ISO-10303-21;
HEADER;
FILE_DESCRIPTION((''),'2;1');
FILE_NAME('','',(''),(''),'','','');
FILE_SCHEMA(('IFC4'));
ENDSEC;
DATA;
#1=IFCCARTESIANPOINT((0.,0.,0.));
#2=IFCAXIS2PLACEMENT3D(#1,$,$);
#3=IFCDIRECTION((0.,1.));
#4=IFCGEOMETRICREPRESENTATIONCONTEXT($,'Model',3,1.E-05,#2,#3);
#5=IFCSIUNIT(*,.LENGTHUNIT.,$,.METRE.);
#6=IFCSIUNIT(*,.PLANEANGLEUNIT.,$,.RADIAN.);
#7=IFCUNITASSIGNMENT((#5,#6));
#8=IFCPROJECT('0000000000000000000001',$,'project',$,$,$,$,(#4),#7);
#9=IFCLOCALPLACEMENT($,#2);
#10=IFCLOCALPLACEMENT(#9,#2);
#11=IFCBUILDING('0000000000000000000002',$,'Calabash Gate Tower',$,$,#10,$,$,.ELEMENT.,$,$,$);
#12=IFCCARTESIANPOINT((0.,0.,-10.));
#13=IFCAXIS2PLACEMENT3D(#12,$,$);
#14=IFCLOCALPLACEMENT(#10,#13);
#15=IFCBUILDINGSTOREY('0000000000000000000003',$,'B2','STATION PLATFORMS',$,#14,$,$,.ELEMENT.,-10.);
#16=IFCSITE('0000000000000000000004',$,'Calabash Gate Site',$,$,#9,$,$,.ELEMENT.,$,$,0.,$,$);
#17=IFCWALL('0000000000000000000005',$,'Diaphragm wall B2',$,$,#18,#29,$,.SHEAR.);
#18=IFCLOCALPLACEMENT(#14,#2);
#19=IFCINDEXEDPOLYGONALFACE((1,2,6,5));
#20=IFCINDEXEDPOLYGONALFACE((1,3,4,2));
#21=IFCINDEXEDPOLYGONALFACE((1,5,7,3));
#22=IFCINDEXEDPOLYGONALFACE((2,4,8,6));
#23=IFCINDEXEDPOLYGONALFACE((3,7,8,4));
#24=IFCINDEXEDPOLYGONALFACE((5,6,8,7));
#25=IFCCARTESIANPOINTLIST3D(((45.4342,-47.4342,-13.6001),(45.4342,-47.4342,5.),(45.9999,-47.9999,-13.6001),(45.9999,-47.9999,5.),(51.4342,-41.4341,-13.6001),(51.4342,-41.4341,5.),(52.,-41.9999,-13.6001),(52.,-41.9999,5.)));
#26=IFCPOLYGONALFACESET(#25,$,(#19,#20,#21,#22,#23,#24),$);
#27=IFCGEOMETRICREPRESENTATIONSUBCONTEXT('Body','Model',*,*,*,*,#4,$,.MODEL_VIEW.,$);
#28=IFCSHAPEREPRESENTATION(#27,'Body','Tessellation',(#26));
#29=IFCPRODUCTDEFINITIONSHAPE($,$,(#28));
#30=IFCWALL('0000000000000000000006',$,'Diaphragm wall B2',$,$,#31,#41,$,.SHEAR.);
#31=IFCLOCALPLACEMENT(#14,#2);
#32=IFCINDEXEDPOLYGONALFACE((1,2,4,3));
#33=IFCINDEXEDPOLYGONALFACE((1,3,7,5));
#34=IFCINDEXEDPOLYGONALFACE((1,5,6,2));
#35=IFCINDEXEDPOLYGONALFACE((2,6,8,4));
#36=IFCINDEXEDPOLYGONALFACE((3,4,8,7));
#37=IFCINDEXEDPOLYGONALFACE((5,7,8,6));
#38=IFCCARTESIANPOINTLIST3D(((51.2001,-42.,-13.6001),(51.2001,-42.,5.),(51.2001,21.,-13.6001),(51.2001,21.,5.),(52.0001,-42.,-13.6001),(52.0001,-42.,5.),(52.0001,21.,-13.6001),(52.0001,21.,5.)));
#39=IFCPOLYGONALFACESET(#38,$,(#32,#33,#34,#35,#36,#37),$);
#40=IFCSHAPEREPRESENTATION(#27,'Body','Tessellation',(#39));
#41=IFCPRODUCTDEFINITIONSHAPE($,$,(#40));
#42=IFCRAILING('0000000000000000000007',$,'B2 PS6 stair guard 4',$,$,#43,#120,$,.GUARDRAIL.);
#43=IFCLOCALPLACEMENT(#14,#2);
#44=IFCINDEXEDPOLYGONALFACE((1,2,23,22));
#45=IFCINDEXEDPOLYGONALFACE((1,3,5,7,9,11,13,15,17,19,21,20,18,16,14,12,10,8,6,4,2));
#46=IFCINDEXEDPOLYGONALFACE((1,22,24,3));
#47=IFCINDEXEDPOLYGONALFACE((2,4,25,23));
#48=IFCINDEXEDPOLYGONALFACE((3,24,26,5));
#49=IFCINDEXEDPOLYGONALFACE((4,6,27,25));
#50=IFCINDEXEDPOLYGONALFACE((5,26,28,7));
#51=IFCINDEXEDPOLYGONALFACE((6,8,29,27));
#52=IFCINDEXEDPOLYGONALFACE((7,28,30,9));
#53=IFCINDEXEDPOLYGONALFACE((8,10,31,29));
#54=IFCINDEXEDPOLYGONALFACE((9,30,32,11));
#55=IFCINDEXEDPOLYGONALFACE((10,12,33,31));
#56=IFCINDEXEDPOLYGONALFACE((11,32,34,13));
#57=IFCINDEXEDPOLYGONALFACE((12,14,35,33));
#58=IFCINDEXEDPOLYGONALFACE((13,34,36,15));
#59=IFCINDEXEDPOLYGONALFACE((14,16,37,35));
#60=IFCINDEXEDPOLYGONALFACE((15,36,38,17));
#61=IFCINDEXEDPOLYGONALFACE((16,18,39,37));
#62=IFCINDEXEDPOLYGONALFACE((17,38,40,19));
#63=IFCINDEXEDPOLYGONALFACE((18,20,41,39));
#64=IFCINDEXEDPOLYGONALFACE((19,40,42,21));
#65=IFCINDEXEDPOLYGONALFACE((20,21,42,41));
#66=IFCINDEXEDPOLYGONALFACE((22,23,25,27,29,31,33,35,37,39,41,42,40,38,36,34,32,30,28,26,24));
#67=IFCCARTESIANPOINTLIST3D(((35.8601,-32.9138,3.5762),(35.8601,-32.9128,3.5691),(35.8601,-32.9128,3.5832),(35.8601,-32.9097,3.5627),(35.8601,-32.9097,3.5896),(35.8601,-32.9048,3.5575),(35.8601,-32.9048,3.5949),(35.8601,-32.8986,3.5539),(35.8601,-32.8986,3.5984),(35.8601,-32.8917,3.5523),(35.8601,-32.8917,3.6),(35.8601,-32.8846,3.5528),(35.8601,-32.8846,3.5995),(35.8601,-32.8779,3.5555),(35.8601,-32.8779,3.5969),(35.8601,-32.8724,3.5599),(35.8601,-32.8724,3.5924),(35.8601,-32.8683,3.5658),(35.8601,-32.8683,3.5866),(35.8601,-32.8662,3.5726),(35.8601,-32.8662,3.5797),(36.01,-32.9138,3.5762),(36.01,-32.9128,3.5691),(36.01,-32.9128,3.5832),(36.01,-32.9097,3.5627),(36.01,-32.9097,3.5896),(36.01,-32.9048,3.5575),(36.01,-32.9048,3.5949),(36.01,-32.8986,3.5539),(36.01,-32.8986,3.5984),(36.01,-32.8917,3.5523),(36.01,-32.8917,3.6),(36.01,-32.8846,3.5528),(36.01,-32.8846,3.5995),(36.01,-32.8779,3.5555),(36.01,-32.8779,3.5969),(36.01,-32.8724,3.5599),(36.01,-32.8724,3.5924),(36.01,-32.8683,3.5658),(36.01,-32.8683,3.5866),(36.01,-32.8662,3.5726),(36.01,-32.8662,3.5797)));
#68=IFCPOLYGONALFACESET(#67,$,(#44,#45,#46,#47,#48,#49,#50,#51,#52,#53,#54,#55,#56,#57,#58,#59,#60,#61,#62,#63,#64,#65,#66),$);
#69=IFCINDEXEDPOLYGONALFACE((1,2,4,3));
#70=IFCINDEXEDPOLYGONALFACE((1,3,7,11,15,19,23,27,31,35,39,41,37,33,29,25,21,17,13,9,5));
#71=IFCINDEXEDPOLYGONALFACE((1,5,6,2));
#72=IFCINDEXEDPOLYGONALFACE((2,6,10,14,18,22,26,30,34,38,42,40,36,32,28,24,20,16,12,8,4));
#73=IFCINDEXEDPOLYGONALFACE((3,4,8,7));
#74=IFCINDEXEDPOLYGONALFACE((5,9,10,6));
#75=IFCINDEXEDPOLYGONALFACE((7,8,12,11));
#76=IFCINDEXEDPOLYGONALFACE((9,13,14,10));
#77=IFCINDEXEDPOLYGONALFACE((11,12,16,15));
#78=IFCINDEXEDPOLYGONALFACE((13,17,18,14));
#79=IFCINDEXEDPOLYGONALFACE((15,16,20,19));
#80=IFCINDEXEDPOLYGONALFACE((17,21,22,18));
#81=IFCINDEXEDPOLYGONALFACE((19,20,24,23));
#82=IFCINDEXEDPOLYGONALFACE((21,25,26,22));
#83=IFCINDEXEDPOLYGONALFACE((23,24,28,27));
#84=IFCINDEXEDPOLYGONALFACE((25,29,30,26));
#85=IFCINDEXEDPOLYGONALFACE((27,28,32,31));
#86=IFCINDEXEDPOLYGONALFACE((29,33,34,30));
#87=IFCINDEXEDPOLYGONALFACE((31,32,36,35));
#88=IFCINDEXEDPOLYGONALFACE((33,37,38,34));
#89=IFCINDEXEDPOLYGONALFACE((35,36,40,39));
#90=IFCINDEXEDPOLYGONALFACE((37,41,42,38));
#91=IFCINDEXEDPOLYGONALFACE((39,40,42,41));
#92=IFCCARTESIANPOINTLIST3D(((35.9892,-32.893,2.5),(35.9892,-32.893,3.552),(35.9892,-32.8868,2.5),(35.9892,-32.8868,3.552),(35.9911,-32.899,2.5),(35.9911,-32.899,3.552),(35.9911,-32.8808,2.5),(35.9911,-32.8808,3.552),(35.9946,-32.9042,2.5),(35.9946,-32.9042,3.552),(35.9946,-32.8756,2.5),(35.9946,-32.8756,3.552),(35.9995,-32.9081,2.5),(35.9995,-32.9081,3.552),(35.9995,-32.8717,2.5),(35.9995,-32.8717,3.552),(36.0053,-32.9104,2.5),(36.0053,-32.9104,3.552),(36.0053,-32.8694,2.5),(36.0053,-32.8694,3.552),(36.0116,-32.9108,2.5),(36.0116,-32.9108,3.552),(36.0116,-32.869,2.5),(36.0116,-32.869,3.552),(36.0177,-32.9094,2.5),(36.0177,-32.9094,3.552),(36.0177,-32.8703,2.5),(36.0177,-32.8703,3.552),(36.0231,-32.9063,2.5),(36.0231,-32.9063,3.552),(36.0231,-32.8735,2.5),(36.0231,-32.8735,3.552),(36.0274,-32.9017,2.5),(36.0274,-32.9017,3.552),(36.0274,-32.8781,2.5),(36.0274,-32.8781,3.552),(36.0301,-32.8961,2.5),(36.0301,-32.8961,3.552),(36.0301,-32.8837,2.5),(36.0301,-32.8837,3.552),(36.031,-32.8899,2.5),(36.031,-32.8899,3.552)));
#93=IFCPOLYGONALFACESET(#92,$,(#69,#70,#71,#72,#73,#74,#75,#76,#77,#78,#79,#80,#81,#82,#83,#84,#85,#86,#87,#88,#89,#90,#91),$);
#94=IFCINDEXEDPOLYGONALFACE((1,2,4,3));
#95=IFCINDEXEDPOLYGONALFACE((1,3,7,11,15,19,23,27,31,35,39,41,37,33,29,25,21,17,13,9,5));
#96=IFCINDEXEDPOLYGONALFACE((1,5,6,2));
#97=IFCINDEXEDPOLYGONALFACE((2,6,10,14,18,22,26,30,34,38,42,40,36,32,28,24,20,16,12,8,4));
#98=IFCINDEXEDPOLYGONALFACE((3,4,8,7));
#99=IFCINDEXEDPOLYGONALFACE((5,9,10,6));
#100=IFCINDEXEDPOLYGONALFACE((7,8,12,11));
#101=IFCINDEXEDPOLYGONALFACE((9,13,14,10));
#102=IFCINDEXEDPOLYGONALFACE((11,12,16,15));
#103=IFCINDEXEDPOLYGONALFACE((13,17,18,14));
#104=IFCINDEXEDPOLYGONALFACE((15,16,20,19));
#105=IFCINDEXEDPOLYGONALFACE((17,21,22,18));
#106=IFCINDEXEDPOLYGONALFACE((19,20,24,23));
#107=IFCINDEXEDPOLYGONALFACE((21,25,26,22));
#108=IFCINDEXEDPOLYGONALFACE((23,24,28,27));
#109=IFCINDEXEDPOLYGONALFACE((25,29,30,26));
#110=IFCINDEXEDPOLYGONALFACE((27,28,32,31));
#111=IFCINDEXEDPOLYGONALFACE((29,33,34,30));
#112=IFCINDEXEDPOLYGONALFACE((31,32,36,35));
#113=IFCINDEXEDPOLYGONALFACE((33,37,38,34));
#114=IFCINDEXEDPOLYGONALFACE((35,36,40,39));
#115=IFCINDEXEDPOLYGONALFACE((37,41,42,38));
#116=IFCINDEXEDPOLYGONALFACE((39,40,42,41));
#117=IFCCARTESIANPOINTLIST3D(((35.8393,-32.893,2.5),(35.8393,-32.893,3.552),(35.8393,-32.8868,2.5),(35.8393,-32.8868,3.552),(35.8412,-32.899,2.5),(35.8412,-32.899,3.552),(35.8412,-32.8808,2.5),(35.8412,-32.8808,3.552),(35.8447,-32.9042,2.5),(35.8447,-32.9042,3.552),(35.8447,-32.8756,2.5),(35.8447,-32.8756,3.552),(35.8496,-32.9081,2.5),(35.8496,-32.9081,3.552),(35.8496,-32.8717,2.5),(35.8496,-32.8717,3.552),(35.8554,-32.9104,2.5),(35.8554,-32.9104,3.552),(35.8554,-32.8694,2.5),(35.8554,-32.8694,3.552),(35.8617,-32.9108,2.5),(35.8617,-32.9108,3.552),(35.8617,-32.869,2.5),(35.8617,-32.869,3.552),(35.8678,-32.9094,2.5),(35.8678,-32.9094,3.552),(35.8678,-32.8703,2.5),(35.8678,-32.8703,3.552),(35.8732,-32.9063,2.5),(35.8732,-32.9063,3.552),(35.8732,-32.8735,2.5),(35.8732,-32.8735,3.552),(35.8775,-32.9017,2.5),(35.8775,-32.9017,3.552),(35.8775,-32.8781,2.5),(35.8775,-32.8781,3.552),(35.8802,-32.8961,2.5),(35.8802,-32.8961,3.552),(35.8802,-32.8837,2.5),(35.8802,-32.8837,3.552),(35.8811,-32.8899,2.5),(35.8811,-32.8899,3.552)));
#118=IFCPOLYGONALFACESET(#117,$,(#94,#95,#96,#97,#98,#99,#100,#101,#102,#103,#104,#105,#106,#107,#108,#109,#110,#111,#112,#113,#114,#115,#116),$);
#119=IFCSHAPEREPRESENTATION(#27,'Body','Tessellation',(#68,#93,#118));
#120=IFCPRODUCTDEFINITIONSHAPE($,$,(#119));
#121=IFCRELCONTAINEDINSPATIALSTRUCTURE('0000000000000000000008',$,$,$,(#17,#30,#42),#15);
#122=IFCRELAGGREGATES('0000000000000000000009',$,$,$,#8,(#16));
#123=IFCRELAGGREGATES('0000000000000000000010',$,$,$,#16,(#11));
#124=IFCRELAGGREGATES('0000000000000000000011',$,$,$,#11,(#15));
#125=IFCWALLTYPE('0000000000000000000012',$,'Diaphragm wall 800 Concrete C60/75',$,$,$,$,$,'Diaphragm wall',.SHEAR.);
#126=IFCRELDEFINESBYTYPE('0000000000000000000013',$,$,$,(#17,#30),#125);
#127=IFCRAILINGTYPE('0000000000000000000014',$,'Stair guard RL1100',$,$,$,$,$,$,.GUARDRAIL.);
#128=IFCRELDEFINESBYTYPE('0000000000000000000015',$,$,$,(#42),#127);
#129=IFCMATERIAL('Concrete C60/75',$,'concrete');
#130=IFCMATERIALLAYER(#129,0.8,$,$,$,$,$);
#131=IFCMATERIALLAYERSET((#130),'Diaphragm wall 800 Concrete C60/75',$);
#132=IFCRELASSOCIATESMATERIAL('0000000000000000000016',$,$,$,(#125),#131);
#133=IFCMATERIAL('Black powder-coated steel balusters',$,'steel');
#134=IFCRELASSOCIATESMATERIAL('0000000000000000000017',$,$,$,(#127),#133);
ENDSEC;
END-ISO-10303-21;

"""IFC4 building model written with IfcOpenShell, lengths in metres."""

from ifc_helpers import new_model, si_unit, direction, frame, frame_2d, origin, origin_2d, place, context, subcontext, project, spatial, rectangle, circle, extrude, material, layer, layer_set, type_object, element, save


model = new_model("IFC4")

# Units and contexts
model_context = context("Model", 3, precision=1e-05, world=origin(), true_north=direction((0.0, 1.0)))
body_context = subcontext(model_context, "Body", "Model", "MODEL_VIEW")
ifc_project = project(units=[si_unit("LENGTHUNIT", "METRE"), si_unit("PLANEANGLEUNIT", "RADIAN")], contexts=[model_context])

# Site, building, storey
site_placement = place(None, origin())
site = spatial("IfcSite", under=ifc_project, at=site_placement, Name="Calabash Gate Site", CompositionType="ELEMENT", RefElevation=0.0)
building_placement = place(site_placement, origin())
building = spatial("IfcBuilding", under=site, at=building_placement, Name="Calabash Gate Tower", CompositionType="ELEMENT")
storey_placement = place(building_placement, frame((0.0, 0.0, -10.0)))
storey = spatial("IfcBuildingStorey", under=building, at=storey_placement, Name="B2", Description="STATION PLATFORMS", CompositionType="ELEMENT", Elevation=-10.0)

# Walls
ifc_material_1 = material(Name="Concrete C60/75", Category="concrete")
ifc_layer_1 = layer(ifc_material_1, 0.8)
ifc_layer_set_1 = layer_set([ifc_layer_1], Name="Diaphragm wall 800 Concrete C60/75")
wall_type_1 = type_object("IfcWallType", Name="Diaphragm wall 800 Concrete C60/75", ElementType="Diaphragm wall", PredefinedType="SHEAR", material=ifc_layer_set_1)
wall_1_placement = place(storey_placement, frame((45.717, -47.717, -13.6001), z_axis=(0.0, 0.0, 1.0), x_axis=(0.707107, 0.707107, 0.0)))
element("IfcWall", 1, at=wall_1_placement, inside=storey, type_object=wall_type_1, Name="Diaphragm wall B2", PredefinedType="SHEAR", context=body_context, shape_type="SweptSolid", body=[
    extrude(rectangle(XDim=8.4854, YDim=0.8, at=frame_2d((4.2427, 0.0))), origin(), (0.0, 0.0, 1.0), 18.6001),
])
wall_2_placement = place(storey_placement, frame((51.6001, -42.0, -13.6001), z_axis=(0.0, 0.0, 1.0), x_axis=(0.0, 1.0, 0.0)))
element("IfcWall", 2, at=wall_2_placement, inside=storey, type_object=wall_type_1, Name="Diaphragm wall B2", PredefinedType="SHEAR", context=body_context, shape_type="SweptSolid", body=[
    extrude(rectangle(XDim=63.0, YDim=0.8, at=frame_2d((31.5, 0.0))), origin(), (0.0, 0.0, 1.0), 18.6001),
])

# Railing
ifc_material_2 = material(Name="Black powder-coated steel balusters", Category="steel")
railing_type = type_object("IfcRailingType", Name="Stair guard RL1100", PredefinedType="GUARDRAIL", material=ifc_material_2)
railing_placement = place(storey_placement, frame((36.01, -32.8899, 2.5)))
element("IfcRailing", 3, at=railing_placement, inside=storey, type_object=railing_type, Name="B2 PS6 stair guard 4", PredefinedType="GUARDRAIL", context=body_context, shape_type="SweptSolid", body=[
    extrude(circle(Radius=0.0239, at=origin_2d()), frame((0.0, 0.0, 1.0762), z_axis=(-1.0, 0.0, 0.0), x_axis=(0.0, -1.0, 0.0)), (0.0, 0.0, 1.0), 0.1499),
    extrude(circle(Radius=0.021, at=origin_2d()), origin(), (0.0, 0.0, 1.0), 1.052),
    extrude(circle(Radius=0.021, at=origin_2d()), frame((-0.1499, 0.0, 0.0)), (0.0, 0.0, 1.0), 1.052),
])

save(model, "model.ifc")
